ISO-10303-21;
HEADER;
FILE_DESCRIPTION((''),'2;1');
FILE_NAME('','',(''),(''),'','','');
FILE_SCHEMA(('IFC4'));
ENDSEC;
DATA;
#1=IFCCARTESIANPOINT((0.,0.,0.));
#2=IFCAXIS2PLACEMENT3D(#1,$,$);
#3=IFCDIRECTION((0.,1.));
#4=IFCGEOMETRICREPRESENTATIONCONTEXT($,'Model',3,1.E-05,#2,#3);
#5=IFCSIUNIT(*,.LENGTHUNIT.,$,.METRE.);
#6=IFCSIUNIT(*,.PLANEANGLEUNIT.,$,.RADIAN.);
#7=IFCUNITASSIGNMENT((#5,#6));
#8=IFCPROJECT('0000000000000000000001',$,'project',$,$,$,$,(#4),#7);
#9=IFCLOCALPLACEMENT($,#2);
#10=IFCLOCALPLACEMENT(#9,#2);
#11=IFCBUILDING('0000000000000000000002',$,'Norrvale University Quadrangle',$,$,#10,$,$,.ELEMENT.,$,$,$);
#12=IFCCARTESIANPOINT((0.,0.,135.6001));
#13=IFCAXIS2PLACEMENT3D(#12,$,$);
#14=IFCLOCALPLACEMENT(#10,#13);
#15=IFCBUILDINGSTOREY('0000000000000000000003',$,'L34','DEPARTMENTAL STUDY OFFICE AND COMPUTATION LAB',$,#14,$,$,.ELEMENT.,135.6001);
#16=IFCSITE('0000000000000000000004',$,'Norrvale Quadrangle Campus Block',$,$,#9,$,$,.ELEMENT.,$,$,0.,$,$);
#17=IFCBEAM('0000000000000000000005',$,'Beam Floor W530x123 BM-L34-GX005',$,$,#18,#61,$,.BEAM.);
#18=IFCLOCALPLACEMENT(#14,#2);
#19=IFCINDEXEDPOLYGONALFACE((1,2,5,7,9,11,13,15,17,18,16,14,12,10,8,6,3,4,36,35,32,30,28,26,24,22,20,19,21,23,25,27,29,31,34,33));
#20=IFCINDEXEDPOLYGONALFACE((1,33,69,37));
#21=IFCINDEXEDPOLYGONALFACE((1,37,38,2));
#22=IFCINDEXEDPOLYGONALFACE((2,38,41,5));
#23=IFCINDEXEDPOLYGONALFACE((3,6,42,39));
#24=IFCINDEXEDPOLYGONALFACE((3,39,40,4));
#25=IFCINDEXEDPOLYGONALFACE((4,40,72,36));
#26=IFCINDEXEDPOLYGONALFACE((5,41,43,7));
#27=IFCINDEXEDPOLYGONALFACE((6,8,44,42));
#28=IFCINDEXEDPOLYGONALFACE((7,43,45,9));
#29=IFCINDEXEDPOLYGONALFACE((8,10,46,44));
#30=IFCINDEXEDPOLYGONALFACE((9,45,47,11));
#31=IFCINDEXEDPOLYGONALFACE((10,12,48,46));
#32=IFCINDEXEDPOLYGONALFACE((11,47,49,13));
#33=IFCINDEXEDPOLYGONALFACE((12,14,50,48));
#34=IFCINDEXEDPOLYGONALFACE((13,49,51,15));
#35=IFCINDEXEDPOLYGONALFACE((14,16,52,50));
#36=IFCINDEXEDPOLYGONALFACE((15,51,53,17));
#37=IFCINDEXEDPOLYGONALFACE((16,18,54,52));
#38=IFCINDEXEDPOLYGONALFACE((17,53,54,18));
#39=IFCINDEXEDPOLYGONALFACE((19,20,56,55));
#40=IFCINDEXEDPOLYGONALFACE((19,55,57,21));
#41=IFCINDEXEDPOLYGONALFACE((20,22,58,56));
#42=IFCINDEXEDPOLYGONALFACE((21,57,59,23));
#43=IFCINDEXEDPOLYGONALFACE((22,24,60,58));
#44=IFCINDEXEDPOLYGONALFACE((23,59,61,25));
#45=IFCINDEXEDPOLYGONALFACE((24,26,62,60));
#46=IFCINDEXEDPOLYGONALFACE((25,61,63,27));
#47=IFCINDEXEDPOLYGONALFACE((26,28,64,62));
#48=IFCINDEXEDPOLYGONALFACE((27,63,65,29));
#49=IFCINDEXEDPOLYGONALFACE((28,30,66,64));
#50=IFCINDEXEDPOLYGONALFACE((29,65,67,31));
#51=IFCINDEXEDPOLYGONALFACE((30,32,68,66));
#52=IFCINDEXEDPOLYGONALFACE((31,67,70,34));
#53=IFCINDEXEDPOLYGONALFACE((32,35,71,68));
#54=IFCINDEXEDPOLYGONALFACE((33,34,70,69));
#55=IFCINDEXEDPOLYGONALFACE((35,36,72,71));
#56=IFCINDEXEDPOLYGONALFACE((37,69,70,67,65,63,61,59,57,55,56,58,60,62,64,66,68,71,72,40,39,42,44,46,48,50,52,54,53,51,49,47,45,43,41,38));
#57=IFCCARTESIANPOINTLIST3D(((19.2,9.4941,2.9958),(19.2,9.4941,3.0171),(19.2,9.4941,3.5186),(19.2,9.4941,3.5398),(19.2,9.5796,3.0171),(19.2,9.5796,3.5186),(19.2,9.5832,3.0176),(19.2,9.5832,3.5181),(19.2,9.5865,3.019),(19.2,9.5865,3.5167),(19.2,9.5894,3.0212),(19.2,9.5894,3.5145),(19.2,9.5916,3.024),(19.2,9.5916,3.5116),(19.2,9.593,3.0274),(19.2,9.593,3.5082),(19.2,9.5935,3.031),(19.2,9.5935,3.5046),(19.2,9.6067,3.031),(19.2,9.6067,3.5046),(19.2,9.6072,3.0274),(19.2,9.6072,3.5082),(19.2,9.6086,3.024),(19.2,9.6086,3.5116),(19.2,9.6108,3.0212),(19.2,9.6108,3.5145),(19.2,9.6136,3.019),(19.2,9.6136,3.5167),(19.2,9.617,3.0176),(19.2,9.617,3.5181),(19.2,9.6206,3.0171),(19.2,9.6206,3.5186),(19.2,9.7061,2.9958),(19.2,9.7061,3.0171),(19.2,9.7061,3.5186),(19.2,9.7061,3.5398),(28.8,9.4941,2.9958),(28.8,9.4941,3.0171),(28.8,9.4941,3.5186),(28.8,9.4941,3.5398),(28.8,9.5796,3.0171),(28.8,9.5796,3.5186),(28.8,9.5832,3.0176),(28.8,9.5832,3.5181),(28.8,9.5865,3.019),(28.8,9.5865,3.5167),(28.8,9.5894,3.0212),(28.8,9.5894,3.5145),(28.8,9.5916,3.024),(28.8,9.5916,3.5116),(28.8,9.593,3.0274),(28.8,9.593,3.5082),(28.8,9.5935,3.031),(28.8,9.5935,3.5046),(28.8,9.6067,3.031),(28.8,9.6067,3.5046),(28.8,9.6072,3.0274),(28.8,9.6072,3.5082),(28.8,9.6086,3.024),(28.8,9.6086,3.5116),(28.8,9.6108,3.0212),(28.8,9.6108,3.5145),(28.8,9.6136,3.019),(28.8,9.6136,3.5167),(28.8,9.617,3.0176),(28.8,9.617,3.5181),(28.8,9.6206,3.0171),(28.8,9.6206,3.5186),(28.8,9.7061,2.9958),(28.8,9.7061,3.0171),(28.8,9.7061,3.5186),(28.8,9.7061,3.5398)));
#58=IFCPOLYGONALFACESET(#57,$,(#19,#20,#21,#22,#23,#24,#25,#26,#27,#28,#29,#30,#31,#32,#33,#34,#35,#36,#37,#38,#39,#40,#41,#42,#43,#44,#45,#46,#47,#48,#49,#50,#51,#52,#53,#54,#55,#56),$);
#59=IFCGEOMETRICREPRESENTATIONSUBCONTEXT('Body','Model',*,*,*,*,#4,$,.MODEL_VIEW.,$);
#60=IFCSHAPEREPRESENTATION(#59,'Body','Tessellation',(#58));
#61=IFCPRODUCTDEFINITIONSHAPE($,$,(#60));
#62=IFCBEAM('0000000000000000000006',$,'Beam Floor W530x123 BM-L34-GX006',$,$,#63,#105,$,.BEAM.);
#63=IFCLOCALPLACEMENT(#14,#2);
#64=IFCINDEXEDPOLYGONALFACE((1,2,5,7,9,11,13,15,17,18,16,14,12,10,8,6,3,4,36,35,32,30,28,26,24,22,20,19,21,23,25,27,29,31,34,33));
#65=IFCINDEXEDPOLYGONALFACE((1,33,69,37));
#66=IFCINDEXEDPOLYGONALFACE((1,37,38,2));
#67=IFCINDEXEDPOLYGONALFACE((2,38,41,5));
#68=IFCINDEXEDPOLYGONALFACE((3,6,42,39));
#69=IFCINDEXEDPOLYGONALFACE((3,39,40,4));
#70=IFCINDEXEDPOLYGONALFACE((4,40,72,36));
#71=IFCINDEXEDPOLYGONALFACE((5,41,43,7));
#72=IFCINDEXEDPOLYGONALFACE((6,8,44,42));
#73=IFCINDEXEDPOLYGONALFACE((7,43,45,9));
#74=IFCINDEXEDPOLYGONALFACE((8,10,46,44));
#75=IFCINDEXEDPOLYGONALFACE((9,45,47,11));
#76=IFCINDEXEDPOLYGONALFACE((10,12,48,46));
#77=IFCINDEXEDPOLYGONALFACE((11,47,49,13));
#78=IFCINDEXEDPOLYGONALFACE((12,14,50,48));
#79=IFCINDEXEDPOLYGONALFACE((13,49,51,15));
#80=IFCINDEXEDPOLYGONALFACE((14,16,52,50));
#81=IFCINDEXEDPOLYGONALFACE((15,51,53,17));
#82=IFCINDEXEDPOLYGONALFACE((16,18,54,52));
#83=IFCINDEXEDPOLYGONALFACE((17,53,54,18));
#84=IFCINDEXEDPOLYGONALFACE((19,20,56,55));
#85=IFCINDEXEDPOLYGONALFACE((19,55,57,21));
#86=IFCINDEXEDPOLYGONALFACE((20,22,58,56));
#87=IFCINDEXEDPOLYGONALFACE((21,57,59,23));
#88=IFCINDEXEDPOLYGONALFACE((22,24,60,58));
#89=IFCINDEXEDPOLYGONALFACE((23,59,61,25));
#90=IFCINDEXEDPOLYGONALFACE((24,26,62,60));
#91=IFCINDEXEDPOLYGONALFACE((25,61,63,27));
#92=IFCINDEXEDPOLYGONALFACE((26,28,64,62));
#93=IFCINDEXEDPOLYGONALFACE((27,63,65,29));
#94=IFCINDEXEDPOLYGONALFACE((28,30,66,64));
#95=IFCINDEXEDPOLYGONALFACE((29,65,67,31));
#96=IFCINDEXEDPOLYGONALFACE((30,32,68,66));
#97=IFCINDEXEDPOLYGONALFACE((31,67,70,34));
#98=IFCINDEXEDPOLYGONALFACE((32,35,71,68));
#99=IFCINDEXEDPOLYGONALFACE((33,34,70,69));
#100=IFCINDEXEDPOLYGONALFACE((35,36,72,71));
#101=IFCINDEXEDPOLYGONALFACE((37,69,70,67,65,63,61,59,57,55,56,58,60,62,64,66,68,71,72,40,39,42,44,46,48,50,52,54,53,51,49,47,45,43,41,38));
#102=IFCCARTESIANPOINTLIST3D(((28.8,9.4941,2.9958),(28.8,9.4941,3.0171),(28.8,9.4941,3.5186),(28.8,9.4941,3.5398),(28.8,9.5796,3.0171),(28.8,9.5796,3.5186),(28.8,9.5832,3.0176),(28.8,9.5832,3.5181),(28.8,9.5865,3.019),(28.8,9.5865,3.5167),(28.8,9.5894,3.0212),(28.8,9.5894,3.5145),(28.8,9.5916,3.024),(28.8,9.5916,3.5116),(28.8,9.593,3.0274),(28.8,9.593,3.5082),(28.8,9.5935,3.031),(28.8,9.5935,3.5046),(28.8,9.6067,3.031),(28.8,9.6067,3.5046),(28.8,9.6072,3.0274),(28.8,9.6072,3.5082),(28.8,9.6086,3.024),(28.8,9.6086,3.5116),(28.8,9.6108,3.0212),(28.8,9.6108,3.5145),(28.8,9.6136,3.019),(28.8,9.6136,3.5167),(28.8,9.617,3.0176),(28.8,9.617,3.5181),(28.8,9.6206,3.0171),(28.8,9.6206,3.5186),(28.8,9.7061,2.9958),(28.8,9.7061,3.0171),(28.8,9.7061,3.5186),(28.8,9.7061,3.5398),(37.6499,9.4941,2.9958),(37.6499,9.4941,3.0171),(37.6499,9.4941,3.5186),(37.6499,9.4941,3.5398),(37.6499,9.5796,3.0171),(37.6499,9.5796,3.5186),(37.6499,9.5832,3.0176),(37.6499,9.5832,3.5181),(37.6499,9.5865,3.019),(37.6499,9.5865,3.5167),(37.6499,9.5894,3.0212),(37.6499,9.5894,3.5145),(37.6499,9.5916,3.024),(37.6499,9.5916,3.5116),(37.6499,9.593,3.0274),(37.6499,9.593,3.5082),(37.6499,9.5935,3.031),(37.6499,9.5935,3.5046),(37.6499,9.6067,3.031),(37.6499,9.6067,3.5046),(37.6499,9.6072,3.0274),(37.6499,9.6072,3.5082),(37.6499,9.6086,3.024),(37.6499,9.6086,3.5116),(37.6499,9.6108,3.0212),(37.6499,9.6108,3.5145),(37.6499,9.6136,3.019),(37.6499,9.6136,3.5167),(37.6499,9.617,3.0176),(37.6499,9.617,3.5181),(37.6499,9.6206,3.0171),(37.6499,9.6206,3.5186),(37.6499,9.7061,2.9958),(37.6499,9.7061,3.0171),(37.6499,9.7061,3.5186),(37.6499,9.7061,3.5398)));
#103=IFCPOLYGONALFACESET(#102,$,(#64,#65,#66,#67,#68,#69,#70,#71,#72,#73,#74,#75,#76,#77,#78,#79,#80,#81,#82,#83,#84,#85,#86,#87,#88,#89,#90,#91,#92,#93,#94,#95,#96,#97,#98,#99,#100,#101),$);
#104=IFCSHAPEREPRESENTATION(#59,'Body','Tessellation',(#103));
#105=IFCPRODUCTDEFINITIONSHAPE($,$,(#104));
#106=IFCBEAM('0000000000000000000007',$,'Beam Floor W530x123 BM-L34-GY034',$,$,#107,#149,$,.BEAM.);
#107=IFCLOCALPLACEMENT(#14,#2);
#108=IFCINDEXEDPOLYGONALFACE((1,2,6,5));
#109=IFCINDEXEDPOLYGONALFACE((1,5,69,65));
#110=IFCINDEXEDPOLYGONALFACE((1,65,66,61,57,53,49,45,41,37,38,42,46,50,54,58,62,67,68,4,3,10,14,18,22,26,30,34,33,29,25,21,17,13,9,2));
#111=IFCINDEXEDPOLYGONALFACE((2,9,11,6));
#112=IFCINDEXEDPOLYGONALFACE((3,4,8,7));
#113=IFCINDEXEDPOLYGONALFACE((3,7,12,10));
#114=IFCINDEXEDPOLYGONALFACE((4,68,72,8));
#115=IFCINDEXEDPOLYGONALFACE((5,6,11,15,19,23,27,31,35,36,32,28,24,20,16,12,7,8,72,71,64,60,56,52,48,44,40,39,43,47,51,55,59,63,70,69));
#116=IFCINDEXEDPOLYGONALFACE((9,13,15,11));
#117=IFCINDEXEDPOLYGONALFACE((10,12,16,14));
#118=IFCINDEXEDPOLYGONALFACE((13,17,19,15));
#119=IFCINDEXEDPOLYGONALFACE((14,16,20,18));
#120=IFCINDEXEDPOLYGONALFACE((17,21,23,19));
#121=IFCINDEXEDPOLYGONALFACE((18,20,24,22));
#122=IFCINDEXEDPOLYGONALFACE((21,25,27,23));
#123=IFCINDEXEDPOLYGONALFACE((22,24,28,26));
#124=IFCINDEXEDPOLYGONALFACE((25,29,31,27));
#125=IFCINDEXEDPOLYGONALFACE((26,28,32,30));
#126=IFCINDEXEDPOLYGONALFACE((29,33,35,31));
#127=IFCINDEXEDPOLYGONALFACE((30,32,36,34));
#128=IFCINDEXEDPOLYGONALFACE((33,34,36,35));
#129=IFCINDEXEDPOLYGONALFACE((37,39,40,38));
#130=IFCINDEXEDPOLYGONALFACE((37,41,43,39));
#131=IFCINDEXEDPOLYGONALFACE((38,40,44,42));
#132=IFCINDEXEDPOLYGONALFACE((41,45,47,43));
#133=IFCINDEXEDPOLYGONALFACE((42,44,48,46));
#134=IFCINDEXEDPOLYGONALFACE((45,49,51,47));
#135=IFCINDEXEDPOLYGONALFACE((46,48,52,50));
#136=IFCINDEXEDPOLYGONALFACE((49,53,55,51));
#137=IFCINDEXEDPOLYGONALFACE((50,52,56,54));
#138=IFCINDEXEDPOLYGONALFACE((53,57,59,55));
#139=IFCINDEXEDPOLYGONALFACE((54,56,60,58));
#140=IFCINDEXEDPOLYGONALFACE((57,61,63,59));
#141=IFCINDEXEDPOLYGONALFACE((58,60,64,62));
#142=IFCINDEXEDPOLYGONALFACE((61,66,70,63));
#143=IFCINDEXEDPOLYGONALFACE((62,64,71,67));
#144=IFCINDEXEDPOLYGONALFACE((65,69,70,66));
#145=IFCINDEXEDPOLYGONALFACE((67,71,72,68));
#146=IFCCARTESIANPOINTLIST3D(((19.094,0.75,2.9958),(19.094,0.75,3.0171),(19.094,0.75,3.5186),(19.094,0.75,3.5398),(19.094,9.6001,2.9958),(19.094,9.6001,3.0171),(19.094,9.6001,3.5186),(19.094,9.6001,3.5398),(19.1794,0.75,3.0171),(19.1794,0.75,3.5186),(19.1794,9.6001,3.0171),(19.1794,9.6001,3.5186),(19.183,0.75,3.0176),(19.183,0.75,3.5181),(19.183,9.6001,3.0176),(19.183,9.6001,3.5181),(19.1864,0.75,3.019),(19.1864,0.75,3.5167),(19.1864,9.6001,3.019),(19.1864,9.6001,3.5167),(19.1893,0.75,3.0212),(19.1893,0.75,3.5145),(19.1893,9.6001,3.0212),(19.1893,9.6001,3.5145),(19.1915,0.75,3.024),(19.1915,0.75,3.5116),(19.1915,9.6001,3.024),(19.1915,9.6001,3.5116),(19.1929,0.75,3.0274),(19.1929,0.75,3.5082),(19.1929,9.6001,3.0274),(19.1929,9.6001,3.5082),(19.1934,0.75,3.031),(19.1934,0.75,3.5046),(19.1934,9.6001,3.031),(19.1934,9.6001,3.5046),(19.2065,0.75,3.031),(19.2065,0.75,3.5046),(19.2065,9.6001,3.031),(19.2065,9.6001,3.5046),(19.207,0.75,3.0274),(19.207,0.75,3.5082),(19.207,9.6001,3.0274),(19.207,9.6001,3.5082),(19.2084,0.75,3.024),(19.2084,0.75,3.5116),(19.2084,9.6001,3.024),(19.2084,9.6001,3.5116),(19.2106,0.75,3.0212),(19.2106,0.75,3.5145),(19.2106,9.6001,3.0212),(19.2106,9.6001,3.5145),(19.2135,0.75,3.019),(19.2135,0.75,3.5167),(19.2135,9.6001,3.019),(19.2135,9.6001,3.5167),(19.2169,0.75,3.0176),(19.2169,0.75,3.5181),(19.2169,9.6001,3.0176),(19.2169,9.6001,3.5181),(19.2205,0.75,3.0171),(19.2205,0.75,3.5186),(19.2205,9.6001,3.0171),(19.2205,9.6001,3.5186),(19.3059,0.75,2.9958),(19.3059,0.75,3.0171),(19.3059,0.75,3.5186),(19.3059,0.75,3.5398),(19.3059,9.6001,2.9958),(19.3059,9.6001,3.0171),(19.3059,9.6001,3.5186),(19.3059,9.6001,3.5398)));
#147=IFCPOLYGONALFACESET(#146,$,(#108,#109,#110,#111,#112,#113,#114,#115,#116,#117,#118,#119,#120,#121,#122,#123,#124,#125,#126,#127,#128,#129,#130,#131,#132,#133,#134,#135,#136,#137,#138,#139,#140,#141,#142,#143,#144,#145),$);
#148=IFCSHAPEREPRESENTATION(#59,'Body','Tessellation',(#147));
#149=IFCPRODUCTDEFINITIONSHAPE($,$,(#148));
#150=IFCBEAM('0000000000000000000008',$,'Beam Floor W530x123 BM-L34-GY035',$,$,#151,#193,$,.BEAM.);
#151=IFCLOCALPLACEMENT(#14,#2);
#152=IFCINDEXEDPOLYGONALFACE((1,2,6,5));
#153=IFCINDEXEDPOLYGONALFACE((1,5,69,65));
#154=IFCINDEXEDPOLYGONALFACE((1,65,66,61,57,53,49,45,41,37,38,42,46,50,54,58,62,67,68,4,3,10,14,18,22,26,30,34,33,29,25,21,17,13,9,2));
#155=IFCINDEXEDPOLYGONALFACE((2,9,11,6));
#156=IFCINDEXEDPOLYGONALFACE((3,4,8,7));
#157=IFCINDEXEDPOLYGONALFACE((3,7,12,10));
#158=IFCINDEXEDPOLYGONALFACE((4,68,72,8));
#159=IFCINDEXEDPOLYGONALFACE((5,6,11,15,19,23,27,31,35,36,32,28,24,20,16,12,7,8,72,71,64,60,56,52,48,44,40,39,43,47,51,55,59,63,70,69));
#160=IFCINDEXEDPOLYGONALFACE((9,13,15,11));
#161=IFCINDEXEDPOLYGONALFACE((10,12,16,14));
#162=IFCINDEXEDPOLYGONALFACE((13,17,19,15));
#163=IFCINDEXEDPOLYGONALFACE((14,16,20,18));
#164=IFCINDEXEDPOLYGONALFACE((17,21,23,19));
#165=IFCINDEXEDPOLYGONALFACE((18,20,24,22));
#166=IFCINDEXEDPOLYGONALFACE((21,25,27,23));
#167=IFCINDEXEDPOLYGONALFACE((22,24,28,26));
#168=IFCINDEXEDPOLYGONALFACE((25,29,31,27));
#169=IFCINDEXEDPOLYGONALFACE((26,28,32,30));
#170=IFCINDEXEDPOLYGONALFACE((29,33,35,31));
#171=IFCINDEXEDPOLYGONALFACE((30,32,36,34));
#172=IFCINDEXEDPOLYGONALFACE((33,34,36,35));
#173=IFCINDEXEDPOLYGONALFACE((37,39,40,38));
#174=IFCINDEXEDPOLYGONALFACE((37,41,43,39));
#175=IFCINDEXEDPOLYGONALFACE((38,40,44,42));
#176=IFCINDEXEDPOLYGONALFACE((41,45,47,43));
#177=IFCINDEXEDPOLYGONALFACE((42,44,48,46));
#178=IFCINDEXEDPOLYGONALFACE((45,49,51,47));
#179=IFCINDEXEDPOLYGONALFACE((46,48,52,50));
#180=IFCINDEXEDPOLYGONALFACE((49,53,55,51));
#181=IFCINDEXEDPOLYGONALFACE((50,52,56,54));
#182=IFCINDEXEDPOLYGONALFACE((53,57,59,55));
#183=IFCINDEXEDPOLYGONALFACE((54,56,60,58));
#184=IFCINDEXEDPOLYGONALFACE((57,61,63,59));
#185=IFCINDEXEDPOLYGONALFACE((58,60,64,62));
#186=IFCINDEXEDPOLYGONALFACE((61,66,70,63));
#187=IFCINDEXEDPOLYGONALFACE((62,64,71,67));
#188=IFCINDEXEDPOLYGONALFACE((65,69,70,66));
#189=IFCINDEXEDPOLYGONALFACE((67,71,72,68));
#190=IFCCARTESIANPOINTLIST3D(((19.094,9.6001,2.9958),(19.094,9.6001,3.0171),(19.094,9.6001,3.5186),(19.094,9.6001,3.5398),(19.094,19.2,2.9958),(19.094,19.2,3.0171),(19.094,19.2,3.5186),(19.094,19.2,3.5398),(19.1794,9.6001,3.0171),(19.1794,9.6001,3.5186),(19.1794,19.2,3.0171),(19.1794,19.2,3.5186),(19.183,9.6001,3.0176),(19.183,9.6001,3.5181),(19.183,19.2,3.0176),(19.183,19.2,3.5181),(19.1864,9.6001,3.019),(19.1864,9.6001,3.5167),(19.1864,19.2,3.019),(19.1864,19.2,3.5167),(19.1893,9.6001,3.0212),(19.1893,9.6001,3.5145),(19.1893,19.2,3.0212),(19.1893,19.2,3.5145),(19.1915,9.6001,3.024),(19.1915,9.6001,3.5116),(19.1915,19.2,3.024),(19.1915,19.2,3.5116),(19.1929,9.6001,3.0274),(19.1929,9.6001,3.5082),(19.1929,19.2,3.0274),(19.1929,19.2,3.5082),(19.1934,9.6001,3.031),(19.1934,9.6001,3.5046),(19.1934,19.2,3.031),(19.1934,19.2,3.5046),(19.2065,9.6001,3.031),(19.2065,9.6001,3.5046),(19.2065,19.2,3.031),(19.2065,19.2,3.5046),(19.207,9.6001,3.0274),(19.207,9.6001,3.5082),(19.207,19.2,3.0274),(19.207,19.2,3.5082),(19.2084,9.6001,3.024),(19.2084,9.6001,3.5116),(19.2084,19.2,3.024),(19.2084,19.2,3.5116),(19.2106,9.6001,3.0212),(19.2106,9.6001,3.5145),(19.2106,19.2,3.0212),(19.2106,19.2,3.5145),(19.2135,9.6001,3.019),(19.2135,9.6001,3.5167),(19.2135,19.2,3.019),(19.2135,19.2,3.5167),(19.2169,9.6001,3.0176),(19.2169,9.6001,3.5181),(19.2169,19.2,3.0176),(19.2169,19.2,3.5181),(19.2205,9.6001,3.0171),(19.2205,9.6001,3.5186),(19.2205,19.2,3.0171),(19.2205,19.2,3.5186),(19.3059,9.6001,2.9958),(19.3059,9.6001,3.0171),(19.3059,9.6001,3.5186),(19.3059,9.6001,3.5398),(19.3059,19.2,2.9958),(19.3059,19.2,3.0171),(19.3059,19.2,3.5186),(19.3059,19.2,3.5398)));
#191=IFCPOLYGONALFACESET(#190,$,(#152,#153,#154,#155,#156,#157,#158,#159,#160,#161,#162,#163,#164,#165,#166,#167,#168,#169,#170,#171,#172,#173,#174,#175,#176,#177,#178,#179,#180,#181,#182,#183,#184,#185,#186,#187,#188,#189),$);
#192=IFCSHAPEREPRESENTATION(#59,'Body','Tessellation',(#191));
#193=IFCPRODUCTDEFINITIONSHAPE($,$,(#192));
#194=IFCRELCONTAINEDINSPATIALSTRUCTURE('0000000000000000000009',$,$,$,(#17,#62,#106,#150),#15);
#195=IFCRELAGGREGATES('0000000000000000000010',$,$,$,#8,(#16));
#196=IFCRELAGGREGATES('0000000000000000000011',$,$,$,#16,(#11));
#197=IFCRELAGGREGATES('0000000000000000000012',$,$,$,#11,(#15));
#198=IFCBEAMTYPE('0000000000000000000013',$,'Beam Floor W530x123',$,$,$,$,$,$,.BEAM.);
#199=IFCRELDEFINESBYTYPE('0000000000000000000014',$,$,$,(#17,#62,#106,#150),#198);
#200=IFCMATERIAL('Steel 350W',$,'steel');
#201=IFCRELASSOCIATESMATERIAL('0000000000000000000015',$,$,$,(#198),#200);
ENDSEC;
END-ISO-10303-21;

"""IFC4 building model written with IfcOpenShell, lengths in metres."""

from ifc_helpers import new_model, si_unit, direction, frame, origin, origin_2d, place, context, subcontext, project, spatial, i_section, extrude, material, material_profile, profile_set, type_object, element, save


model = new_model("IFC4")

# Units and contexts
model_context = context("Model", 3, precision=1e-05, world=origin(), true_north=direction((0.0, 1.0)))
body_context = subcontext(model_context, "Body", "Model", "MODEL_VIEW")
ifc_project = project(units=[si_unit("LENGTHUNIT", "METRE"), si_unit("PLANEANGLEUNIT", "RADIAN")], contexts=[model_context])

# Site, building, storey
site_placement = place(None, origin())
site = spatial("IfcSite", under=ifc_project, at=site_placement, Name="Norrvale Quadrangle Campus Block", CompositionType="ELEMENT", RefElevation=0.0)
building_placement = place(site_placement, origin())
building = spatial("IfcBuilding", under=site, at=building_placement, Name="Norrvale University Quadrangle", CompositionType="ELEMENT")
storey_placement = place(building_placement, frame((0.0, 0.0, 135.6001)))
storey = spatial("IfcBuildingStorey", under=building, at=storey_placement, Name="L34", Description="DEPARTMENTAL STUDY OFFICE AND COMPUTATION LAB", CompositionType="ELEMENT", Elevation=135.6001)

# Beams
ifc_material_1 = material(Name="Steel 350W", Category="steel")
ifc_material_profile_1 = material_profile(ifc_material_1, i_section(OverallWidth=0.2119, OverallDepth=0.5439, WebThickness=0.0132, FlangeThickness=0.0212, FilletRadius=0.0139, at=origin_2d()), Name="Steel 350W")
ifc_profile_set_1 = profile_set([ifc_material_profile_1], Name="Steel 350W")
beam_type_1 = type_object("IfcBeamType", Name="Beam Floor W530x123", PredefinedType="BEAM", material=ifc_profile_set_1)
beam_1_placement = place(storey_placement, frame((19.2, 9.6001, 3.2678), z_axis=(1.0, 0.0, 0.0), x_axis=(0.0, 1.0, 0.0)))
element("IfcBeam", 1, at=beam_1_placement, inside=storey, type_object=beam_type_1, Name="Beam Floor W530x123 BM-L34-GX005", PredefinedType="BEAM", context=body_context, shape_type="SweptSolid", body=[
    extrude(i_section(OverallWidth=0.2119, OverallDepth=0.5439, WebThickness=0.0132, FlangeThickness=0.0212, FilletRadius=0.0139, at=origin_2d()), origin(), (0.0, 0.0, 1.0), 9.6001),
])
beam_2_placement = place(storey_placement, frame((28.8, 9.6001, 3.2678), z_axis=(1.0, 0.0, 0.0), x_axis=(0.0, 1.0, 0.0)))
element("IfcBeam", 2, at=beam_2_placement, inside=storey, type_object=beam_type_1, Name="Beam Floor W530x123 BM-L34-GX006", PredefinedType="BEAM", context=body_context, shape_type="SweptSolid", body=[
    extrude(i_section(OverallWidth=0.2119, OverallDepth=0.5439, WebThickness=0.0132, FlangeThickness=0.0212, FilletRadius=0.0139, at=origin_2d()), origin(), (0.0, 0.0, 1.0), 8.8499),
])
beam_3_placement = place(storey_placement, frame((19.2, 0.75, 3.2678), z_axis=(0.0, 1.0, 0.0), x_axis=(-1.0, 0.0, 0.0)))
element("IfcBeam", 3, at=beam_3_placement, inside=storey, type_object=beam_type_1, Name="Beam Floor W530x123 BM-L34-GY034", PredefinedType="BEAM", context=body_context, shape_type="SweptSolid", body=[
    extrude(i_section(OverallWidth=0.2119, OverallDepth=0.5439, WebThickness=0.0132, FlangeThickness=0.0212, FilletRadius=0.0139, at=origin_2d()), origin(), (0.0, 0.0, 1.0), 8.8501),
])
beam_4_placement = place(storey_placement, frame((19.2, 9.6001, 3.2678), z_axis=(0.0, 1.0, 0.0), x_axis=(-1.0, 0.0, 0.0)))
element("IfcBeam", 4, at=beam_4_placement, inside=storey, type_object=beam_type_1, Name="Beam Floor W530x123 BM-L34-GY035", PredefinedType="BEAM", context=body_context, shape_type="SweptSolid", body=[
    extrude(i_section(OverallWidth=0.2119, OverallDepth=0.5439, WebThickness=0.0132, FlangeThickness=0.0212, FilletRadius=0.0139, at=origin_2d()), origin(), (0.0, 0.0, 1.0), 9.5999),
])

save(model, "model.ifc")
